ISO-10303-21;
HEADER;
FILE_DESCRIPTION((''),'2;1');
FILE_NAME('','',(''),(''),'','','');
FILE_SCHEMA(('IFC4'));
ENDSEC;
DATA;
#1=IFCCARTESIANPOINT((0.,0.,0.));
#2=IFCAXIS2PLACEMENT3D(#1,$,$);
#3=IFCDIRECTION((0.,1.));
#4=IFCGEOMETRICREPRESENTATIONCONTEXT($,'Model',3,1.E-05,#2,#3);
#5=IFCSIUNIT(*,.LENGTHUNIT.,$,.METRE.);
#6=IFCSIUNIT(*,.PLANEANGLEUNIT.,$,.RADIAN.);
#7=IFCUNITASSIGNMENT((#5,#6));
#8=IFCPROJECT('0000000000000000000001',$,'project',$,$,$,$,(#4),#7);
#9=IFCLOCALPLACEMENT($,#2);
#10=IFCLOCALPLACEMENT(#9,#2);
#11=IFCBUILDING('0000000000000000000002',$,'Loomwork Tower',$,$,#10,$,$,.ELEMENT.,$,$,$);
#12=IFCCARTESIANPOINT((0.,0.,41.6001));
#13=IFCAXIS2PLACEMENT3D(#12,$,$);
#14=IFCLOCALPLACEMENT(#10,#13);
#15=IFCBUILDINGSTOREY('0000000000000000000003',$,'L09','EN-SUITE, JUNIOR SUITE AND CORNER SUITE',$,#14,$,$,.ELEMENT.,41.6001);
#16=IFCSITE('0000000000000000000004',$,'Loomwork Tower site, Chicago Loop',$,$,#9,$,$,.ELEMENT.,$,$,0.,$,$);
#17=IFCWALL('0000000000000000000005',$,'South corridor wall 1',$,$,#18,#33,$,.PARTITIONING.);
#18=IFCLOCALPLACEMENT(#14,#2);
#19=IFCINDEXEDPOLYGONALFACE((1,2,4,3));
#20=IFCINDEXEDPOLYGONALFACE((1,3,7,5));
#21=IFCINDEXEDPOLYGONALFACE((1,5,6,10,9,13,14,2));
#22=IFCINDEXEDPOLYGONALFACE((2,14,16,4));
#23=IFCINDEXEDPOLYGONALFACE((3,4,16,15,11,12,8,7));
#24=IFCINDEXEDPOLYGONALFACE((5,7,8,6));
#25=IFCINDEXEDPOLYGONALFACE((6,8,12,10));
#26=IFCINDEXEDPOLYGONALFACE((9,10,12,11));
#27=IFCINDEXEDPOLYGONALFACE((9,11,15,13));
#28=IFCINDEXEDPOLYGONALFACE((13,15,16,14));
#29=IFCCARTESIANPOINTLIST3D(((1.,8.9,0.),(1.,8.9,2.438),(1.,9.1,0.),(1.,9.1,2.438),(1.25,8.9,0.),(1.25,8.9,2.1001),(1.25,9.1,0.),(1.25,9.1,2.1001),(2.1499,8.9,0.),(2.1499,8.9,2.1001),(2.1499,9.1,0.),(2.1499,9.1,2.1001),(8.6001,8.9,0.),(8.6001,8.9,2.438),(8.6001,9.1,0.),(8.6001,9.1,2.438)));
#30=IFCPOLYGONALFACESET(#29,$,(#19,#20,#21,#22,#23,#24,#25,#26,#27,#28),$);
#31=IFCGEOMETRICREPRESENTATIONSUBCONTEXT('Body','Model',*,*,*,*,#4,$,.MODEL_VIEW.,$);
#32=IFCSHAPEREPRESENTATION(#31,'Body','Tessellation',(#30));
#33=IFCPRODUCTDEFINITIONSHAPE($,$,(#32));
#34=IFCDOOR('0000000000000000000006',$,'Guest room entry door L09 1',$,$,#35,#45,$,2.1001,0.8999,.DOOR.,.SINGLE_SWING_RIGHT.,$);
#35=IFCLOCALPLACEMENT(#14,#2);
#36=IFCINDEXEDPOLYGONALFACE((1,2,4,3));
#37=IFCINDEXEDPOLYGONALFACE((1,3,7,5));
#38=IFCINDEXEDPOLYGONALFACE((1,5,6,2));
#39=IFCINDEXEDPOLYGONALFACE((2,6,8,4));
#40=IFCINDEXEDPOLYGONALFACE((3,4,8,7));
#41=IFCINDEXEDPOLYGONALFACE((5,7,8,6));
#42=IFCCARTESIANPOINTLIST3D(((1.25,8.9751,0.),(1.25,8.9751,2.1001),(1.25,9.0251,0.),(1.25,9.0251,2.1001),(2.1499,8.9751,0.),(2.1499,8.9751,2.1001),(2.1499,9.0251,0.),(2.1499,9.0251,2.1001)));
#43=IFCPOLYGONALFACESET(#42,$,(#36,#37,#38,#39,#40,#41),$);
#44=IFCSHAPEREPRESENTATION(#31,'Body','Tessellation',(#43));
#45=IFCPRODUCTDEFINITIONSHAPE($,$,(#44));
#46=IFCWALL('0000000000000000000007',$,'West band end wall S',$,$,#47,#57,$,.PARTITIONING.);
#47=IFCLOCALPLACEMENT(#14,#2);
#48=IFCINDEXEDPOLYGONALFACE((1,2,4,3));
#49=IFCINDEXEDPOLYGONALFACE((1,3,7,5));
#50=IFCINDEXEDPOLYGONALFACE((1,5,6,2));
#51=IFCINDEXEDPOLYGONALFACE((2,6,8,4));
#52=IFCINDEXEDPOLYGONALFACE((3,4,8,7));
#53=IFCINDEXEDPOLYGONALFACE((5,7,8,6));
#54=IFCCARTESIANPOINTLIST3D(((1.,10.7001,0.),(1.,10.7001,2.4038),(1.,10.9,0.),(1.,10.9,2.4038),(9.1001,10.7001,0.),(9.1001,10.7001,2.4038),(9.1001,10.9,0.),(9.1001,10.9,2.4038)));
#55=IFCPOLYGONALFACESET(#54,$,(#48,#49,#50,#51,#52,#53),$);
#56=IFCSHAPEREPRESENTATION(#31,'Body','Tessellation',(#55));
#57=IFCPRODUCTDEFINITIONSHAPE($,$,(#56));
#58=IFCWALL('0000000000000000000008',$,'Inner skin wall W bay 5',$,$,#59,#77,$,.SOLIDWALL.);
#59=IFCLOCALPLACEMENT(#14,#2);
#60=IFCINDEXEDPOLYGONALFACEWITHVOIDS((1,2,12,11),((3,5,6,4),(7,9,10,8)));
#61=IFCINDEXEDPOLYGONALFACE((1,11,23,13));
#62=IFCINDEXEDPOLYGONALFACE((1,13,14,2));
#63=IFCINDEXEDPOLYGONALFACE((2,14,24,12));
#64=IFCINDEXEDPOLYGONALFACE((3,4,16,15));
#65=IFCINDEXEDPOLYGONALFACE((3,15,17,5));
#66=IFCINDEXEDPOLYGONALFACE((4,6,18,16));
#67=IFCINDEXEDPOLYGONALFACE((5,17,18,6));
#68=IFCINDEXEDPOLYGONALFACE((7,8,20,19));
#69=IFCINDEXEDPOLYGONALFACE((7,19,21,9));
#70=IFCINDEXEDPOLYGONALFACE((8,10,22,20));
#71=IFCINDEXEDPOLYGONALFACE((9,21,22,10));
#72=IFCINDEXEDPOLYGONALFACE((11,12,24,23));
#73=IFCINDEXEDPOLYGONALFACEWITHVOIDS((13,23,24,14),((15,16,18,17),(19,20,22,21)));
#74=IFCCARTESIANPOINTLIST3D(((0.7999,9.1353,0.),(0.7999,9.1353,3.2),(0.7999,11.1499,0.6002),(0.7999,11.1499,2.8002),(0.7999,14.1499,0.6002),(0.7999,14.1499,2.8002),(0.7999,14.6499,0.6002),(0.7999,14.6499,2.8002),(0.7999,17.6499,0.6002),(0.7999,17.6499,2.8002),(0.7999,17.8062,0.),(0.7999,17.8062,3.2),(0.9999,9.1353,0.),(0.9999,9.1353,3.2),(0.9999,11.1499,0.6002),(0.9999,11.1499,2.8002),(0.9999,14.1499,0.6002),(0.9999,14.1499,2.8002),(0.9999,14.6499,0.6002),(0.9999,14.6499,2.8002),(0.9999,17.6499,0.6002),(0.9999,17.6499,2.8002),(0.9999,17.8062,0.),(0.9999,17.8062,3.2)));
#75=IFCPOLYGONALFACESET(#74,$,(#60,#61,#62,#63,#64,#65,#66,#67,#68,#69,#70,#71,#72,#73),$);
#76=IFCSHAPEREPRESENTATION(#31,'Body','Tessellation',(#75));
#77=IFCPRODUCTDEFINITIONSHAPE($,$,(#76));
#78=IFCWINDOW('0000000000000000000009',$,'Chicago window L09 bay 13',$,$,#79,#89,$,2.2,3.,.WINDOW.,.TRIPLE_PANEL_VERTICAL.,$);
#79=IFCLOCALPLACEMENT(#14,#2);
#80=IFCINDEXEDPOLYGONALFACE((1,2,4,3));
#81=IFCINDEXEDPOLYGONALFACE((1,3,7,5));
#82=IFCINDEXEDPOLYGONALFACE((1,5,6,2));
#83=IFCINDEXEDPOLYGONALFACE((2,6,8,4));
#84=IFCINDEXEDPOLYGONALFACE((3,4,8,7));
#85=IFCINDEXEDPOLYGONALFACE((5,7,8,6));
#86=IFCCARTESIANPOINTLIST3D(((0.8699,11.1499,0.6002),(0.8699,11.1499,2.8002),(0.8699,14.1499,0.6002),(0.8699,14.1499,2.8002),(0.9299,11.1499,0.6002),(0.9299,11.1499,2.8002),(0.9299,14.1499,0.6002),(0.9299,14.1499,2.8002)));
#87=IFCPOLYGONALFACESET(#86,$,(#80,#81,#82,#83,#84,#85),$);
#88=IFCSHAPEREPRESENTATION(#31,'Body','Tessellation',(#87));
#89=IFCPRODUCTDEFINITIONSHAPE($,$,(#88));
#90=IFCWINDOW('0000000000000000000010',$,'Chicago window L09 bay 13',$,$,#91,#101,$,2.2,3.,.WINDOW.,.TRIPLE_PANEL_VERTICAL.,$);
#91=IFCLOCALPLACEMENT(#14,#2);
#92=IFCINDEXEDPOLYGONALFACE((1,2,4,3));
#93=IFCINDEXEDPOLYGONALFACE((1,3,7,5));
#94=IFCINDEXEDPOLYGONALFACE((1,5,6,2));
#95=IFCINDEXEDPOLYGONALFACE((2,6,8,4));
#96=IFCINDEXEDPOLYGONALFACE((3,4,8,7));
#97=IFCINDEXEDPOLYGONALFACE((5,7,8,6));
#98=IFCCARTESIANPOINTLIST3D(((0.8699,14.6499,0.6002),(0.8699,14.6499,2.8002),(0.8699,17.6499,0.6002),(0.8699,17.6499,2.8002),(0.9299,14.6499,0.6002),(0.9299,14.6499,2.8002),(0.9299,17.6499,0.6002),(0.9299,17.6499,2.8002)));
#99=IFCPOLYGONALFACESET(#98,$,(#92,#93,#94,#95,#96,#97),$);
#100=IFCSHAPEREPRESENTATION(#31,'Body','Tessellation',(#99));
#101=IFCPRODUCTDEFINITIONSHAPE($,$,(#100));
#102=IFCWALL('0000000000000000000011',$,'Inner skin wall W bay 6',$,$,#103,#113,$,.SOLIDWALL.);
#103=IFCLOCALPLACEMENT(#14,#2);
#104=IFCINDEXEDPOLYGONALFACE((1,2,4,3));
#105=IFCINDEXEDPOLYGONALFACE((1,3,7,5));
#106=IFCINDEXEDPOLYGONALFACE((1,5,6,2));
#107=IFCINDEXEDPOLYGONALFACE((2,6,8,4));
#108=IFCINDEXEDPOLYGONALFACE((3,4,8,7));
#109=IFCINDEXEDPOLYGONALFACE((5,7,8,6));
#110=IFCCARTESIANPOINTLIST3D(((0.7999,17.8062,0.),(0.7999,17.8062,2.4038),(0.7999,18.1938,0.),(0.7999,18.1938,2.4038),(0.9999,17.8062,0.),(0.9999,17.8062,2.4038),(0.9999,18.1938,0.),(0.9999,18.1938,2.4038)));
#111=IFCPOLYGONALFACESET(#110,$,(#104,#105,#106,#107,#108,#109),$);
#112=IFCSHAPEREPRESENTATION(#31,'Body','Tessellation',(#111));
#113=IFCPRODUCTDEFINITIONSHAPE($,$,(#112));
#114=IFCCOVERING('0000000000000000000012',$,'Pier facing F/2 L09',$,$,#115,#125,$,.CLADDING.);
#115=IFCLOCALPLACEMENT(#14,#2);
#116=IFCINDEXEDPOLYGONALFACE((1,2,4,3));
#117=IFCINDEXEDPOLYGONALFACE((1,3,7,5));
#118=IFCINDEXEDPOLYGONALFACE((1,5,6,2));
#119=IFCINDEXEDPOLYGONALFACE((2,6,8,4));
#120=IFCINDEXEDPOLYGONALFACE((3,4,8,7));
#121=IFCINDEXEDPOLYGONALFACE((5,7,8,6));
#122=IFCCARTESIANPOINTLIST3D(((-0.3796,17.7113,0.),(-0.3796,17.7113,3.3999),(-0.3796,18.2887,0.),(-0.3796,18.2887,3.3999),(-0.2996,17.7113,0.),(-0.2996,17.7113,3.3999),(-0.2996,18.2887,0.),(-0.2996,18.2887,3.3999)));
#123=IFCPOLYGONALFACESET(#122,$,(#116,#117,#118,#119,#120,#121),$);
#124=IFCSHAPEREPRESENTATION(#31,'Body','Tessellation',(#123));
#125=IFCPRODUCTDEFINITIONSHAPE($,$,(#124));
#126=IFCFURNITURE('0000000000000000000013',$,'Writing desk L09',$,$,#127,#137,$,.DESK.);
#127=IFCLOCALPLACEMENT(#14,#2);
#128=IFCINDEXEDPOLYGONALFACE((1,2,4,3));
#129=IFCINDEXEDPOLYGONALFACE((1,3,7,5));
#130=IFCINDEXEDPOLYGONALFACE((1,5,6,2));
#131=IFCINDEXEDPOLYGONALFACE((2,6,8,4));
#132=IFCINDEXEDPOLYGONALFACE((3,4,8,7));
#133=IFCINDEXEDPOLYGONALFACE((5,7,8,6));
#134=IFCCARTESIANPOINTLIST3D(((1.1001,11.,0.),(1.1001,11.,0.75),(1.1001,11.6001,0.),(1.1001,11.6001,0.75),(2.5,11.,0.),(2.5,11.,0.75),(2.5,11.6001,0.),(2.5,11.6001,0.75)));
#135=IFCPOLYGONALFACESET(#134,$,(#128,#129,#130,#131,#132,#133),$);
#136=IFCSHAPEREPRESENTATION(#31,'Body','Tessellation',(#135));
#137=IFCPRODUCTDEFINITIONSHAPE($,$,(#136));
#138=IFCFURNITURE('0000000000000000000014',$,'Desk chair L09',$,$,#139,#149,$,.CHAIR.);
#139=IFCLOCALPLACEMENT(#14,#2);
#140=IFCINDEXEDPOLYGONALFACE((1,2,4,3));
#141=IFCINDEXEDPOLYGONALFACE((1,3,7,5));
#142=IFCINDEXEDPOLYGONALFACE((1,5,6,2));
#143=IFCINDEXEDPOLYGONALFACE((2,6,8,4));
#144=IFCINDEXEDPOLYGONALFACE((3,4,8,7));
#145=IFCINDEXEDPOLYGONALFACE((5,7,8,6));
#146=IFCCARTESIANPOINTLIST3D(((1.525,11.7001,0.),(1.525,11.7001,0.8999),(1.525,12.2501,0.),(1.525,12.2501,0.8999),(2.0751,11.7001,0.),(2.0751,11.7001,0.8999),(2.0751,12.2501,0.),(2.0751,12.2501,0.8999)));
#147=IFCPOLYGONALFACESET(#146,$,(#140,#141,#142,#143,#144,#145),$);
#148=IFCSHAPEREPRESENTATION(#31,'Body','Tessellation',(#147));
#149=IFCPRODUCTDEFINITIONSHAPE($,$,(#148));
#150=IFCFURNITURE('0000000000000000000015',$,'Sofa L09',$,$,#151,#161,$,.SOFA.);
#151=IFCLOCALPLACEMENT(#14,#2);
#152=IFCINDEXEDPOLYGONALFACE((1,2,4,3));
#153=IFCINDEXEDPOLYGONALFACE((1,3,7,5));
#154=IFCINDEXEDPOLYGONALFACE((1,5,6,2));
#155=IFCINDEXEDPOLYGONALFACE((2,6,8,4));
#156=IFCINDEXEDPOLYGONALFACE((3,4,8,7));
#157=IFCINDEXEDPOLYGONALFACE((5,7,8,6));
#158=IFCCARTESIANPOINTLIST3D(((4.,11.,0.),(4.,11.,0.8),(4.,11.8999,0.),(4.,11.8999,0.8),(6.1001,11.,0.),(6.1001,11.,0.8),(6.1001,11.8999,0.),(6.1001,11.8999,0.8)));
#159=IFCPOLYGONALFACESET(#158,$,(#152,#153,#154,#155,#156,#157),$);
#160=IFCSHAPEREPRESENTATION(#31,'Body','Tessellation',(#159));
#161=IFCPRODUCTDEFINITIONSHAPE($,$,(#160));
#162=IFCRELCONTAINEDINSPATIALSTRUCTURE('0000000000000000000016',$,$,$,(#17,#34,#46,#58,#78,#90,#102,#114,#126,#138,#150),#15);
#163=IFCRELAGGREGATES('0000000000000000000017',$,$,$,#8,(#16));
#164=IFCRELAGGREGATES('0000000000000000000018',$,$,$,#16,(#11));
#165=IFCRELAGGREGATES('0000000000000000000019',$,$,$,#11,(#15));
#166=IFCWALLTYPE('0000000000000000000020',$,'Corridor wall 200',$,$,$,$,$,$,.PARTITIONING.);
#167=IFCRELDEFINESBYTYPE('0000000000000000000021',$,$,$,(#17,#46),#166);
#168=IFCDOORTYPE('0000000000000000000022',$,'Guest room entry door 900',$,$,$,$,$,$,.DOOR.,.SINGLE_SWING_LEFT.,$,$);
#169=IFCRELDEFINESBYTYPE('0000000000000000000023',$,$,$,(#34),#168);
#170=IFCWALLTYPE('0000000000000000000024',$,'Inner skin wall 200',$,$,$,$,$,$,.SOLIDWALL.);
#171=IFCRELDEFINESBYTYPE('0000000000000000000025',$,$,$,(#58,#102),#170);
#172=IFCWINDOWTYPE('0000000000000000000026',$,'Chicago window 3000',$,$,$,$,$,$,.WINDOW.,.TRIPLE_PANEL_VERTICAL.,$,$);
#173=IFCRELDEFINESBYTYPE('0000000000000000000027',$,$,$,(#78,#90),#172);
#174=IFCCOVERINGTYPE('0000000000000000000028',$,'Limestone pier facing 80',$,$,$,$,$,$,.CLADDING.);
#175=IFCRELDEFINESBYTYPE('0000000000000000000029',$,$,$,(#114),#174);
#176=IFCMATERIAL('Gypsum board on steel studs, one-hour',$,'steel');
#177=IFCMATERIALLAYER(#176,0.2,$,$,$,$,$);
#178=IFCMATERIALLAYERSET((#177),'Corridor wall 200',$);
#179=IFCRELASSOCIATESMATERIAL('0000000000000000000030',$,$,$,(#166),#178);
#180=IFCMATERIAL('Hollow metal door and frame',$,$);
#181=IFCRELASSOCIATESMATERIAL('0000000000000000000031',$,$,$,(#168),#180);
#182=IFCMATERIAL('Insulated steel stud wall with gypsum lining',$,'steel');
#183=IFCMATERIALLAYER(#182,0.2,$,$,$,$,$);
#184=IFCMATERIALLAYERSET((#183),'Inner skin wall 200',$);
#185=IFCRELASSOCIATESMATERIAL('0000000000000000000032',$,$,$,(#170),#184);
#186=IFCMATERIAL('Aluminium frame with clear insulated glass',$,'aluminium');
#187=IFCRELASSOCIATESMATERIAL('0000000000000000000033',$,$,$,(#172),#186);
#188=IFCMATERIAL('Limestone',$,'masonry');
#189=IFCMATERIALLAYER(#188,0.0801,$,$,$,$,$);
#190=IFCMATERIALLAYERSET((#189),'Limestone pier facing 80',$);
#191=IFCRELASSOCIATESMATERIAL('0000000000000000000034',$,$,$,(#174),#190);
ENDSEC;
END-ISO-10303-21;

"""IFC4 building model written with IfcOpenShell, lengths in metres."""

from ifc_helpers import new_model, si_unit, direction, frame, frame_2d, origin, origin_2d, place, context, subcontext, project, spatial, rectangle, extrude, material, layer, layer_set, type_object, element, fill, save


model = new_model("IFC4")

# Units and contexts
model_context = context("Model", 3, precision=1e-05, world=origin(), true_north=direction((0.0, 1.0)))
body_context = subcontext(model_context, "Body", "Model", "MODEL_VIEW")
ifc_project = project(units=[si_unit("LENGTHUNIT", "METRE"), si_unit("PLANEANGLEUNIT", "RADIAN")], contexts=[model_context])

# Site, building, storey
site_placement = place(None, origin())
site = spatial("IfcSite", under=ifc_project, at=site_placement, Name="Loomwork Tower site, Chicago Loop", CompositionType="ELEMENT", RefElevation=0.0)
building_placement = place(site_placement, origin())
building = spatial("IfcBuilding", under=site, at=building_placement, Name="Loomwork Tower", CompositionType="ELEMENT")
storey_placement = place(building_placement, frame((0.0, 0.0, 41.6001)))
storey = spatial("IfcBuildingStorey", under=building, at=storey_placement, Name="L09", Description="EN-SUITE, JUNIOR SUITE AND CORNER SUITE", CompositionType="ELEMENT", Elevation=41.6001)

# Wall, opening, door
ifc_material_1 = material(Name="Gypsum board on steel studs, one-hour", Category="steel")
ifc_layer_1 = layer(ifc_material_1, 0.2)
ifc_layer_set_1 = layer_set([ifc_layer_1], Name="Corridor wall 200")
wall_type_1 = type_object("IfcWallType", Name="Corridor wall 200", PredefinedType="PARTITIONING", material=ifc_layer_set_1)
wall_1_placement = place(storey_placement, frame((1.0, 9.0, 0.0), z_axis=(0.0, 0.0, 1.0), x_axis=(1.0, 0.0, 0.0)))
wall_1 = element("IfcWall", 1, at=wall_1_placement, inside=storey, type_object=wall_type_1, Name="South corridor wall 1", PredefinedType="PARTITIONING", context=body_context, shape_type="SweptSolid", body=[
    extrude(rectangle(XDim=7.6001, YDim=0.2, at=frame_2d((3.8, 0.0))), origin(), (0.0, 0.0, 1.0), 2.438),
])
opening_1_placement = place(wall_1_placement, frame((0.25, 0.0, 0.0)))
opening_1 = element("IfcOpeningElement", 2, at=opening_1_placement, cuts=wall_1, PredefinedType="OPENING", context=body_context, shape_type="SweptSolid", body=[
    extrude(rectangle(XDim=0.8999, YDim=2.1001, at=frame_2d((0.45, 1.05))), frame((0.0, 0.1099, 0.0), z_axis=(0.0, -1.0, 0.0), x_axis=(1.0, 0.0, 0.0)), (0.0, 0.0, 1.0), 0.22),
])
ifc_material_2 = material(Name="Hollow metal door and frame")
door_type = type_object("IfcDoorType", Name="Guest room entry door 900", OperationType="SINGLE_SWING_LEFT", PredefinedType="DOOR", material=ifc_material_2)
door_placement = place(opening_1_placement, frame((0.8999, 0.0, 0.0), z_axis=(0.0, 0.0, 1.0), x_axis=(-1.0, 0.0, 0.0)))
door = element("IfcDoor", 3, at=door_placement, inside=storey, type_object=door_type, Name="Guest room entry door L09 1", OperationType="SINGLE_SWING_RIGHT", OverallHeight=2.1001, OverallWidth=0.8999, PredefinedType="DOOR", context=body_context, shape_type="SweptSolid", body=[
    extrude(rectangle(XDim=0.8999, YDim=2.1001, at=frame_2d((0.45, 1.05))), frame((0.0, 0.0249, 0.0), z_axis=(0.0, -1.0, 0.0), x_axis=(1.0, 0.0, 0.0)), (0.0, 0.0, 1.0), 0.05),
])
fill(opening_1, door)

# Wall
wall_2_placement = place(storey_placement, frame((1.0, 10.8, 0.0), z_axis=(0.0, 0.0, 1.0), x_axis=(1.0, 0.0, 0.0)))
element("IfcWall", 4, at=wall_2_placement, inside=storey, type_object=wall_type_1, Name="West band end wall S", PredefinedType="PARTITIONING", context=body_context, shape_type="SweptSolid", body=[
    extrude(rectangle(XDim=8.1001, YDim=0.2, at=frame_2d((4.05, 0.0))), origin(), (0.0, 0.0, 1.0), 2.4038),
])

# Wall, openings, windows
ifc_material_3 = material(Name="Insulated steel stud wall with gypsum lining", Category="steel")
ifc_layer_2 = layer(ifc_material_3, 0.2)
ifc_layer_set_2 = layer_set([ifc_layer_2], Name="Inner skin wall 200")
wall_type_2 = type_object("IfcWallType", Name="Inner skin wall 200", PredefinedType="SOLIDWALL", material=ifc_layer_set_2)
wall_3_placement = place(storey_placement, frame((0.8999, 9.1353, 0.0), z_axis=(0.0, 0.0, 1.0), x_axis=(0.0, 1.0, 0.0)))
wall_3 = element("IfcWall", 5, at=wall_3_placement, inside=storey, type_object=wall_type_2, Name="Inner skin wall W bay 5", PredefinedType="SOLIDWALL", context=body_context, shape_type="SweptSolid", body=[
    extrude(rectangle(XDim=8.6709, YDim=0.2, at=frame_2d((4.3354, 0.0))), origin(), (0.0, 0.0, 1.0), 3.2),
])
opening_2_placement = place(wall_3_placement, frame((2.0146, 0.0, 0.6001)))
opening_2 = element("IfcOpeningElement", 6, at=opening_2_placement, cuts=wall_3, PredefinedType="OPENING", context=body_context, shape_type="SweptSolid", body=[
    extrude(rectangle(XDim=3.0, YDim=2.2, at=frame_2d((1.5, 1.1001))), frame((0.0, 0.1099, 0.0), z_axis=(0.0, -1.0, 0.0), x_axis=(1.0, 0.0, 0.0)), (0.0, 0.0, 1.0), 0.22),
])
opening_3_placement = place(wall_3_placement, frame((5.5146, 0.0, 0.6001)))
opening_3 = element("IfcOpeningElement", 7, at=opening_3_placement, cuts=wall_3, PredefinedType="OPENING", context=body_context, shape_type="SweptSolid", body=[
    extrude(rectangle(XDim=3.0, YDim=2.2, at=frame_2d((1.5, 1.1001))), frame((0.0, 0.1099, 0.0), z_axis=(0.0, -1.0, 0.0), x_axis=(1.0, 0.0, 0.0)), (0.0, 0.0, 1.0), 0.22),
])
ifc_material_4 = material(Name="Aluminium frame with clear insulated glass", Category="aluminium")
window_type = type_object("IfcWindowType", Name="Chicago window 3000", PartitioningType="TRIPLE_PANEL_VERTICAL", PredefinedType="WINDOW", material=ifc_material_4)
window_1_placement = place(opening_2_placement, origin())
window_1 = element("IfcWindow", 8, at=window_1_placement, inside=storey, type_object=window_type, Name="Chicago window L09 bay 13", OverallHeight=2.2, OverallWidth=3.0, PartitioningType="TRIPLE_PANEL_VERTICAL", PredefinedType="WINDOW", context=body_context, shape_type="SweptSolid", body=[
    extrude(rectangle(XDim=3.0, YDim=2.2, at=frame_2d((1.5, 1.1001))), frame((0.0, 0.03, 0.0), z_axis=(0.0, -1.0, 0.0), x_axis=(1.0, 0.0, 0.0)), (0.0, 0.0, 1.0), 0.0601),
])
fill(opening_2, window_1)
window_2_placement = place(opening_3_placement, origin())
window_2 = element("IfcWindow", 9, at=window_2_placement, inside=storey, type_object=window_type, Name="Chicago window L09 bay 13", OverallHeight=2.2, OverallWidth=3.0, PartitioningType="TRIPLE_PANEL_VERTICAL", PredefinedType="WINDOW", context=body_context, shape_type="SweptSolid", body=[
    extrude(rectangle(XDim=3.0, YDim=2.2, at=frame_2d((1.5, 1.1001))), frame((0.0, 0.03, 0.0), z_axis=(0.0, -1.0, 0.0), x_axis=(1.0, 0.0, 0.0)), (0.0, 0.0, 1.0), 0.0601),
])
fill(opening_3, window_2)

# Wall
wall_4_placement = place(storey_placement, frame((0.8999, 17.8062, 0.0), z_axis=(0.0, 0.0, 1.0), x_axis=(0.0, 1.0, 0.0)))
element("IfcWall", 10, at=wall_4_placement, inside=storey, type_object=wall_type_2, Name="Inner skin wall W bay 6", PredefinedType="SOLIDWALL", context=body_context, shape_type="SweptSolid", body=[
    extrude(rectangle(XDim=0.3877, YDim=0.2, at=frame_2d((0.1938, 0.0))), origin(), (0.0, 0.0, 1.0), 2.4038),
])

# Covering
ifc_material_5 = material(Name="Limestone", Category="masonry")
ifc_layer_3 = layer(ifc_material_5, 0.0801)
ifc_layer_set_3 = layer_set([ifc_layer_3], Name="Limestone pier facing 80")
covering_type = type_object("IfcCoveringType", Name="Limestone pier facing 80", PredefinedType="CLADDING", material=ifc_layer_set_3)
covering_placement = place(storey_placement, frame((-0.3396, 18.0, 0.0), z_axis=(0.0, 0.0, 1.0), x_axis=(1.0, 0.0, 0.0)))
element("IfcCovering", 11, at=covering_placement, inside=storey, type_object=covering_type, Name="Pier facing F/2 L09", PredefinedType="CLADDING", context=body_context, shape_type="SweptSolid", body=[
    extrude(rectangle(XDim=0.0801, YDim=0.5774, at=origin_2d()), origin(), (0.0, 0.0, 1.0), 3.3999),
])

# Furniture
furniture_1_placement = place(storey_placement, frame((1.8, 11.3, 0.0), z_axis=(0.0, 0.0, 1.0), x_axis=(1.0, 0.0, 0.0)))
element("IfcFurniture", 12, at=furniture_1_placement, inside=storey, Name="Writing desk L09", PredefinedType="DESK", context=body_context, shape_type="SweptSolid", body=[
    extrude(rectangle(XDim=1.3999, YDim=0.6001, at=origin_2d()), origin(), (0.0, 0.0, 1.0), 0.75),
])
furniture_2_placement = place(storey_placement, frame((1.8, 11.9751, 0.0), z_axis=(0.0, 0.0, 1.0), x_axis=(1.0, 0.0, 0.0)))
element("IfcFurniture", 13, at=furniture_2_placement, inside=storey, Name="Desk chair L09", PredefinedType="CHAIR", context=body_context, shape_type="SweptSolid", body=[
    extrude(rectangle(XDim=0.55, YDim=0.55, at=origin_2d()), origin(), (0.0, 0.0, 1.0), 0.8999),
])
furniture_3_placement = place(storey_placement, frame((5.05, 11.45, 0.0), z_axis=(0.0, 0.0, 1.0), x_axis=(1.0, 0.0, 0.0)))
element("IfcFurniture", 14, at=furniture_3_placement, inside=storey, Name="Sofa L09", PredefinedType="SOFA", context=body_context, shape_type="SweptSolid", body=[
    extrude(rectangle(XDim=2.1001, YDim=0.8999, at=origin_2d()), origin(), (0.0, 0.0, 1.0), 0.8),
])

save(model, "model.ifc")
